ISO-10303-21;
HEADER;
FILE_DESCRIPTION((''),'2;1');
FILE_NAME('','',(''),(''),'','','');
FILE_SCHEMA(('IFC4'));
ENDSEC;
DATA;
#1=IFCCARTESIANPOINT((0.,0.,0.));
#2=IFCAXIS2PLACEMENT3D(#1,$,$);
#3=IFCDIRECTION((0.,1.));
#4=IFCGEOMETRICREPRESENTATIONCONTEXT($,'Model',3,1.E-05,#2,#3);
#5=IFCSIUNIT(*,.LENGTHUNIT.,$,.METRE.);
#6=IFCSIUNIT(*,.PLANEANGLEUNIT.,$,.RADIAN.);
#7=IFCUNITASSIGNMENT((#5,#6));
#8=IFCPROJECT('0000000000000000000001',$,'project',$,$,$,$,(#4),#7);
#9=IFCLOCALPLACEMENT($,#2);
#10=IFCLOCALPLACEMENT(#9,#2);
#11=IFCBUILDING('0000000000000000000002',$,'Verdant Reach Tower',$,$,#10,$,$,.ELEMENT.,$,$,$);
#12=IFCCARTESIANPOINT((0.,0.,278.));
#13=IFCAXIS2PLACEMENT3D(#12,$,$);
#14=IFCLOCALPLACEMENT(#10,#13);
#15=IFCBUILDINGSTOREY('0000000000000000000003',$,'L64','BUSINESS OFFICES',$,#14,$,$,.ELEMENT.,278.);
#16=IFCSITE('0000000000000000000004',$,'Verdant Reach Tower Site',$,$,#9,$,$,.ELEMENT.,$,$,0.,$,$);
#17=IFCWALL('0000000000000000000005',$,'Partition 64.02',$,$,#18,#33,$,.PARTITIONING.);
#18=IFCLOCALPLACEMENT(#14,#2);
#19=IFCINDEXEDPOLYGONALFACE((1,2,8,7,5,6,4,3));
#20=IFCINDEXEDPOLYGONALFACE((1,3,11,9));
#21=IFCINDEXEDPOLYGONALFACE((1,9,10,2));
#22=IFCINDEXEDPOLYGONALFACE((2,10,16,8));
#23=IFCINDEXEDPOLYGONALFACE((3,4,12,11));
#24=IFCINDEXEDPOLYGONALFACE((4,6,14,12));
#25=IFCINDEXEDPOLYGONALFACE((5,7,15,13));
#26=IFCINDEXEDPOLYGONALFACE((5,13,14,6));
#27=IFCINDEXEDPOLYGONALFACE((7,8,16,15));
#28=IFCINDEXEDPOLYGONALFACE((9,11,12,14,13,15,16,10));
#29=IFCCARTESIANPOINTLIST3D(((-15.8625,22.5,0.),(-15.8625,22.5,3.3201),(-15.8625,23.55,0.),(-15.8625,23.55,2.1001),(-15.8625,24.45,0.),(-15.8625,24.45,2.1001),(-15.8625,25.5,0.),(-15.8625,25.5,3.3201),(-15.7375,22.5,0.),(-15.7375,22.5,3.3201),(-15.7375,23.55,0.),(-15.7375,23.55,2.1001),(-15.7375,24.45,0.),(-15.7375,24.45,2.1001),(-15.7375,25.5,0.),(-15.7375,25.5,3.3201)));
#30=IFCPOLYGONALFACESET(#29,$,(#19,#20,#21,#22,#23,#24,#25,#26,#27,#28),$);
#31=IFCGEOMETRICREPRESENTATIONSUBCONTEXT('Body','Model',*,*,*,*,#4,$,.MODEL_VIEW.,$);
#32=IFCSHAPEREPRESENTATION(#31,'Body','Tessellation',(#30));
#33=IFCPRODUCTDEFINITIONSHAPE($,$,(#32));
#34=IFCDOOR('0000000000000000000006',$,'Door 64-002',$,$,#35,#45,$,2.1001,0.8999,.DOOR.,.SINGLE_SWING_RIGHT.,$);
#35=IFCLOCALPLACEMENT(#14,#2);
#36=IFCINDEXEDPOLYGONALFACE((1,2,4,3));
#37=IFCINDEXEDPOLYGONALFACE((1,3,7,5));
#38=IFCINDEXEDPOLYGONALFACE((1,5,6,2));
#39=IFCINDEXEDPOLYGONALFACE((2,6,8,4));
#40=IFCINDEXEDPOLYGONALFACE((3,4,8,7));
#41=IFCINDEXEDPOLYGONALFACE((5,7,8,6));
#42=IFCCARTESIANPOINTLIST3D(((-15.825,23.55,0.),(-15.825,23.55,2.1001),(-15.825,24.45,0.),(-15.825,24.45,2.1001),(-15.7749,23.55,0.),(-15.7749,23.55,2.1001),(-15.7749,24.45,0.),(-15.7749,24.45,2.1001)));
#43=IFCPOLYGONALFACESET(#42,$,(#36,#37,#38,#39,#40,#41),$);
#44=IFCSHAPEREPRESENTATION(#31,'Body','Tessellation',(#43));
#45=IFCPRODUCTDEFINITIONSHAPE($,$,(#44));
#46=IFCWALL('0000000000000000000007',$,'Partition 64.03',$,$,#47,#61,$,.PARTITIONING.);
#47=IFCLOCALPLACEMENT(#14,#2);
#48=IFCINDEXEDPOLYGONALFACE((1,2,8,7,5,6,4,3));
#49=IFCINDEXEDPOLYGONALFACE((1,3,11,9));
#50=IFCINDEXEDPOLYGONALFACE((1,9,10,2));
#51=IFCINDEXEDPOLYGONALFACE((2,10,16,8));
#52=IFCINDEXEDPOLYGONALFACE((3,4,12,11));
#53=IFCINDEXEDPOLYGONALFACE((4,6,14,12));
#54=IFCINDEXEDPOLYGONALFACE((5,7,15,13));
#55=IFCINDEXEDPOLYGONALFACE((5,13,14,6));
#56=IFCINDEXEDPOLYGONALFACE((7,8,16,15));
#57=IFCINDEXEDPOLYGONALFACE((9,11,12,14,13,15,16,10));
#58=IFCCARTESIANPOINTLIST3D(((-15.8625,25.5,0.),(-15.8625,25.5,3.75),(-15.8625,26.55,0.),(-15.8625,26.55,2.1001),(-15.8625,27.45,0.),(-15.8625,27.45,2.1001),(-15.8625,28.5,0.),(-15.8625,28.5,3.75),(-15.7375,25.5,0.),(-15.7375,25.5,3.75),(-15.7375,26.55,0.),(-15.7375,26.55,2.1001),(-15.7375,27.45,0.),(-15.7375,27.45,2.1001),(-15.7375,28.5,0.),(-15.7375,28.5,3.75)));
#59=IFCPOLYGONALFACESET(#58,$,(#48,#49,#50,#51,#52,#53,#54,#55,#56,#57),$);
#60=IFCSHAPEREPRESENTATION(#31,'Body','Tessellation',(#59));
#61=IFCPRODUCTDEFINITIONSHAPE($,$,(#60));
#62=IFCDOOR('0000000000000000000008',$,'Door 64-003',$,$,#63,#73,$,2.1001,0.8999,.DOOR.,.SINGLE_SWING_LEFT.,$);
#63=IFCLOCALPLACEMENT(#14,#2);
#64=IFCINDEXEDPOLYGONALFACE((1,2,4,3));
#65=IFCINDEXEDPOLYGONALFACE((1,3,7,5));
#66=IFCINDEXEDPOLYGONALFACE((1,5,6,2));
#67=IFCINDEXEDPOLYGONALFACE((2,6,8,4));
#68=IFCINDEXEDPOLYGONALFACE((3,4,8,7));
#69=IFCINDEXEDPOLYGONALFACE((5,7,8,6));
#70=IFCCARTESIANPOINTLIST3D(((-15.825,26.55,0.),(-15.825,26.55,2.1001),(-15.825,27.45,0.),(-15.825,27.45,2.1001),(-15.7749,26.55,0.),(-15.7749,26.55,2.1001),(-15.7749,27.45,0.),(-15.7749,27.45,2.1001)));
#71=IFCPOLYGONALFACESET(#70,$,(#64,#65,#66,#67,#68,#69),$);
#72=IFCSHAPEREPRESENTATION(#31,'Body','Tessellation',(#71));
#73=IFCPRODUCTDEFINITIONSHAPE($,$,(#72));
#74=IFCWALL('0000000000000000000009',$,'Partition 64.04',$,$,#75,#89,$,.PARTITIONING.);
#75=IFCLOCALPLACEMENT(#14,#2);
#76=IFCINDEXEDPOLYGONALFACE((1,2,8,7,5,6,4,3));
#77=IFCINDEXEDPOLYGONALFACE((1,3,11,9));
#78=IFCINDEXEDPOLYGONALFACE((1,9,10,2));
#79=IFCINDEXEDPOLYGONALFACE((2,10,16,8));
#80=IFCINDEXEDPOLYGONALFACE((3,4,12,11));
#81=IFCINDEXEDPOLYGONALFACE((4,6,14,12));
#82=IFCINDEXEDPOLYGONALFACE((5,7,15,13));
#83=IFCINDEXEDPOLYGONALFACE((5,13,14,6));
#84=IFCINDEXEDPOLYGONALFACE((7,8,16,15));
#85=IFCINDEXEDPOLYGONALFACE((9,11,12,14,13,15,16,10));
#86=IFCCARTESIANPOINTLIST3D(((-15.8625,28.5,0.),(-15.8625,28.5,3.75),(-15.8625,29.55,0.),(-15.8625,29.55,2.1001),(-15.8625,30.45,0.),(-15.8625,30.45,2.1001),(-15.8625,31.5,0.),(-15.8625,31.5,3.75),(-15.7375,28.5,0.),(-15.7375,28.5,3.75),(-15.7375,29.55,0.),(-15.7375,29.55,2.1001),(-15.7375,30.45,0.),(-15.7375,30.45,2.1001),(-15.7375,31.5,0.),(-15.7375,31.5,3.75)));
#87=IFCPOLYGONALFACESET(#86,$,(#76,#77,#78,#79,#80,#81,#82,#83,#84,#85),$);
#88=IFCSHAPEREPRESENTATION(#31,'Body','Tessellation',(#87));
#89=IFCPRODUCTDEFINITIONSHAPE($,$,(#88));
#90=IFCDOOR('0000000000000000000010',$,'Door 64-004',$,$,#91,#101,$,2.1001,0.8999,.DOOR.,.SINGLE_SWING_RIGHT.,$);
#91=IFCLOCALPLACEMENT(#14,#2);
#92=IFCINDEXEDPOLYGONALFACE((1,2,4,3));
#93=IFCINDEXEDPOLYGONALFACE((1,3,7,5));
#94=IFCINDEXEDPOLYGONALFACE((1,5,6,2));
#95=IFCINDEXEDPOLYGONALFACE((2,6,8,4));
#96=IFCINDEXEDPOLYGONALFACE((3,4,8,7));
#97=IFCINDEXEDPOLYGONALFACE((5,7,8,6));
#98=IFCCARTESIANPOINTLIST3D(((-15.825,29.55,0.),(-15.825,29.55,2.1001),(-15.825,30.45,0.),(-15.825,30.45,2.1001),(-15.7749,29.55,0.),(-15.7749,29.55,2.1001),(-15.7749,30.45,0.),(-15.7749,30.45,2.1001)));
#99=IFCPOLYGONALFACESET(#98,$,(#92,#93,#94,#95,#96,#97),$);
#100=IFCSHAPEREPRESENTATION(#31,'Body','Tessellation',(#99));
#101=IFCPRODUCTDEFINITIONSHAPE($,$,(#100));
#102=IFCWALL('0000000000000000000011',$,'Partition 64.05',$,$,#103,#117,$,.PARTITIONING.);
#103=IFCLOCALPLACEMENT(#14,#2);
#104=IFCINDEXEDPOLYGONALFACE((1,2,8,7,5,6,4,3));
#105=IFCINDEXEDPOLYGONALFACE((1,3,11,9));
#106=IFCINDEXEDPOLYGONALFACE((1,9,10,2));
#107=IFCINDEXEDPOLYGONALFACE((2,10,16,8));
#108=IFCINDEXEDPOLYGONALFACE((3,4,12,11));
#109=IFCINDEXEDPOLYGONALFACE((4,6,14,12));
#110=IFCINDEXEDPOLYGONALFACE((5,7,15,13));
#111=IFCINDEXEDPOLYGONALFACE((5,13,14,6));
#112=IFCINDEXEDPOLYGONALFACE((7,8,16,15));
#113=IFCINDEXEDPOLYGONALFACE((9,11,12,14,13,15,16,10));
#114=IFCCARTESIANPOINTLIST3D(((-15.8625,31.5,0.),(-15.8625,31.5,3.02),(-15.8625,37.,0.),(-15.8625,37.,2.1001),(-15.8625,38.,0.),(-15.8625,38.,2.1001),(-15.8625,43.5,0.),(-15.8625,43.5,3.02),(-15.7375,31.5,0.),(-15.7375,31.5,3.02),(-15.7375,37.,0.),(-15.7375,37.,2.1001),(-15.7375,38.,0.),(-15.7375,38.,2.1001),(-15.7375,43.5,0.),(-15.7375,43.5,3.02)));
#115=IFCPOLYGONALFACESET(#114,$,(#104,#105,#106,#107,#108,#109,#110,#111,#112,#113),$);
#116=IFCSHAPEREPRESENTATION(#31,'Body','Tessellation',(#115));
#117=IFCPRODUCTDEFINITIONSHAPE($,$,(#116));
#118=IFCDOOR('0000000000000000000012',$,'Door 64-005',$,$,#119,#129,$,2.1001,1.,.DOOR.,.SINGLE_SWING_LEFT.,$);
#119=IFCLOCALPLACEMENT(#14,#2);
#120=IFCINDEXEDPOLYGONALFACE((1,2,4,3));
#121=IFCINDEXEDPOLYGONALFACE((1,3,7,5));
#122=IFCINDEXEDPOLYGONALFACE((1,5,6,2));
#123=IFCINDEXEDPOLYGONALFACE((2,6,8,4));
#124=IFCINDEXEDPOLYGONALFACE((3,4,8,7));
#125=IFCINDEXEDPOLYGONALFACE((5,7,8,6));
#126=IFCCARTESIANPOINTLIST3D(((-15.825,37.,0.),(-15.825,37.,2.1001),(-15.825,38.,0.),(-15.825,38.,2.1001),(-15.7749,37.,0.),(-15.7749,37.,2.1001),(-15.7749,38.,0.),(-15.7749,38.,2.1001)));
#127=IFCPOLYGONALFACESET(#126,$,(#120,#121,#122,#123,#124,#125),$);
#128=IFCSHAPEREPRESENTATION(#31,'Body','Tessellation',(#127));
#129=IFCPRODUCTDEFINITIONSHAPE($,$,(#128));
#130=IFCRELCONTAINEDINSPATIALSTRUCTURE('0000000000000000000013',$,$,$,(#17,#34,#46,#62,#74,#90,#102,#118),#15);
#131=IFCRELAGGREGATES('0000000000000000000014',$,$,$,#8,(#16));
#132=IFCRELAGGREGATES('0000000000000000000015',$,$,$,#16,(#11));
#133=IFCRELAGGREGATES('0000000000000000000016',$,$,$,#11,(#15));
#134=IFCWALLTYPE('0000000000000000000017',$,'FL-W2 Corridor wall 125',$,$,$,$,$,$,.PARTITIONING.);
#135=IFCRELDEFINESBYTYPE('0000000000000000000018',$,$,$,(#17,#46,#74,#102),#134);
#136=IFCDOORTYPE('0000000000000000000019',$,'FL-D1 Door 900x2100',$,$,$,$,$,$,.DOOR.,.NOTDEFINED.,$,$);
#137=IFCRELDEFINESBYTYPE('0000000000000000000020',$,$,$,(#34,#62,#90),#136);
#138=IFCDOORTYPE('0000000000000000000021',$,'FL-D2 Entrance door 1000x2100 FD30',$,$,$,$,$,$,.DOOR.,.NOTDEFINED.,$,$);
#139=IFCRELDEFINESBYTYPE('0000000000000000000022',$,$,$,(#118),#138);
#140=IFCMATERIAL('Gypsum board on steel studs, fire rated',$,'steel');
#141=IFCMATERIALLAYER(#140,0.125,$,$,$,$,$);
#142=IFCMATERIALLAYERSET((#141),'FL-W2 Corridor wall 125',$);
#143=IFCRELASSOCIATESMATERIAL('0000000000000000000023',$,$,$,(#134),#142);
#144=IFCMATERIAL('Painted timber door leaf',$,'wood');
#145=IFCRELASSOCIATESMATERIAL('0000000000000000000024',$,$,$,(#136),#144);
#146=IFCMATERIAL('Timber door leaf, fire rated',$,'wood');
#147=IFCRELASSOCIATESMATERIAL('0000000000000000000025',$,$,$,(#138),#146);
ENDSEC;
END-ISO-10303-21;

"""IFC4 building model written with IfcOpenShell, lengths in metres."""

from ifc_helpers import new_model, si_unit, direction, frame, frame_2d, origin, place, context, subcontext, project, spatial, rectangle, extrude, material, layer, layer_set, type_object, element, fill, save


model = new_model("IFC4")

# Units and contexts
model_context = context("Model", 3, precision=1e-05, world=origin(), true_north=direction((0.0, 1.0)))
body_context = subcontext(model_context, "Body", "Model", "MODEL_VIEW")
ifc_project = project(units=[si_unit("LENGTHUNIT", "METRE"), si_unit("PLANEANGLEUNIT", "RADIAN")], contexts=[model_context])

# Site, building, storey
site_placement = place(None, origin())
site = spatial("IfcSite", under=ifc_project, at=site_placement, Name="Verdant Reach Tower Site", CompositionType="ELEMENT", RefElevation=0.0)
building_placement = place(site_placement, origin())
building = spatial("IfcBuilding", under=site, at=building_placement, Name="Verdant Reach Tower", CompositionType="ELEMENT")
storey_placement = place(building_placement, frame((0.0, 0.0, 278.0)))
storey = spatial("IfcBuildingStorey", under=building, at=storey_placement, Name="L64", Description="BUSINESS OFFICES", CompositionType="ELEMENT", Elevation=278.0)

# Walls, openings, doors
ifc_material_1 = material(Name="Gypsum board on steel studs, fire rated", Category="steel")
ifc_layer_1 = layer(ifc_material_1, 0.125)
ifc_layer_set_1 = layer_set([ifc_layer_1], Name="FL-W2 Corridor wall 125")
wall_type_1 = type_object("IfcWallType", Name="FL-W2 Corridor wall 125", PredefinedType="PARTITIONING", material=ifc_layer_set_1)
wall_1_placement = place(storey_placement, frame((-15.8, 22.5, 0.0), z_axis=(0.0, 0.0, 1.0), x_axis=(0.0, 1.0, 0.0)))
wall_1 = element("IfcWall", 1, at=wall_1_placement, inside=storey, type_object=wall_type_1, Name="Partition 64.02", PredefinedType="PARTITIONING", context=body_context, shape_type="SweptSolid", body=[
    extrude(rectangle(XDim=3.0, YDim=0.125, at=frame_2d((1.5, 0.0))), origin(), (0.0, 0.0, 1.0), 3.3201),
])
opening_1_placement = place(wall_1_placement, frame((1.05, 0.0, 0.0)))
opening_1 = element("IfcOpeningElement", 2, at=opening_1_placement, cuts=wall_1, PredefinedType="OPENING", context=body_context, shape_type="SweptSolid", body=[
    extrude(rectangle(XDim=0.8999, YDim=2.1001, at=frame_2d((0.45, 1.05))), frame((0.0, 0.0725, 0.0), z_axis=(0.0, -1.0, 0.0), x_axis=(1.0, 0.0, 0.0)), (0.0, 0.0, 1.0), 0.145),
])
ifc_material_2 = material(Name="Painted timber door leaf", Category="wood")
door_type_1 = type_object("IfcDoorType", Name="FL-D1 Door 900x2100", OperationType="NOTDEFINED", PredefinedType="DOOR", material=ifc_material_2)
door_1_placement = place(opening_1_placement, origin())
door_1 = element("IfcDoor", 3, at=door_1_placement, inside=storey, type_object=door_type_1, Name="Door 64-002", OperationType="SINGLE_SWING_RIGHT", OverallHeight=2.1001, OverallWidth=0.8999, PredefinedType="DOOR", context=body_context, shape_type="SweptSolid", body=[
    extrude(rectangle(XDim=0.8999, YDim=2.1001, at=frame_2d((0.45, 1.05))), frame((0.0, 0.0249, 0.0), z_axis=(0.0, -1.0, 0.0), x_axis=(1.0, 0.0, 0.0)), (0.0, 0.0, 1.0), 0.05),
])
fill(opening_1, door_1)
wall_2_placement = place(storey_placement, frame((-15.8, 25.5, 0.0), z_axis=(0.0, 0.0, 1.0), x_axis=(0.0, 1.0, 0.0)))
wall_2 = element("IfcWall", 4, at=wall_2_placement, inside=storey, type_object=wall_type_1, Name="Partition 64.03", PredefinedType="PARTITIONING", context=body_context, shape_type="SweptSolid", body=[
    extrude(rectangle(XDim=3.0, YDim=0.125, at=frame_2d((1.5, 0.0))), origin(), (0.0, 0.0, 1.0), 3.75),
])
opening_2_placement = place(wall_2_placement, frame((1.05, 0.0, 0.0)))
opening_2 = element("IfcOpeningElement", 5, at=opening_2_placement, cuts=wall_2, PredefinedType="OPENING", context=body_context, shape_type="SweptSolid", body=[
    extrude(rectangle(XDim=0.8999, YDim=2.1001, at=frame_2d((0.45, 1.05))), frame((0.0, 0.0725, 0.0), z_axis=(0.0, -1.0, 0.0), x_axis=(1.0, 0.0, 0.0)), (0.0, 0.0, 1.0), 0.145),
])
door_2_placement = place(opening_2_placement, origin())
door_2 = element("IfcDoor", 6, at=door_2_placement, inside=storey, type_object=door_type_1, Name="Door 64-003", OperationType="SINGLE_SWING_LEFT", OverallHeight=2.1001, OverallWidth=0.8999, PredefinedType="DOOR", context=body_context, shape_type="SweptSolid", body=[
    extrude(rectangle(XDim=0.8999, YDim=2.1001, at=frame_2d((0.45, 1.05))), frame((0.0, 0.0249, 0.0), z_axis=(0.0, -1.0, 0.0), x_axis=(1.0, 0.0, 0.0)), (0.0, 0.0, 1.0), 0.05),
])
fill(opening_2, door_2)
wall_3_placement = place(storey_placement, frame((-15.8, 28.5, 0.0), z_axis=(0.0, 0.0, 1.0), x_axis=(0.0, 1.0, 0.0)))
wall_3 = element("IfcWall", 7, at=wall_3_placement, inside=storey, type_object=wall_type_1, Name="Partition 64.04", PredefinedType="PARTITIONING", context=body_context, shape_type="SweptSolid", body=[
    extrude(rectangle(XDim=3.0, YDim=0.125, at=frame_2d((1.5, 0.0))), origin(), (0.0, 0.0, 1.0), 3.75),
])
opening_3_placement = place(wall_3_placement, frame((1.05, 0.0, 0.0)))
opening_3 = element("IfcOpeningElement", 8, at=opening_3_placement, cuts=wall_3, PredefinedType="OPENING", context=body_context, shape_type="SweptSolid", body=[
    extrude(rectangle(XDim=0.8999, YDim=2.1001, at=frame_2d((0.45, 1.05))), frame((0.0, 0.0725, 0.0), z_axis=(0.0, -1.0, 0.0), x_axis=(1.0, 0.0, 0.0)), (0.0, 0.0, 1.0), 0.145),
])
door_3_placement = place(opening_3_placement, origin())
door_3 = element("IfcDoor", 9, at=door_3_placement, inside=storey, type_object=door_type_1, Name="Door 64-004", OperationType="SINGLE_SWING_RIGHT", OverallHeight=2.1001, OverallWidth=0.8999, PredefinedType="DOOR", context=body_context, shape_type="SweptSolid", body=[
    extrude(rectangle(XDim=0.8999, YDim=2.1001, at=frame_2d((0.45, 1.05))), frame((0.0, 0.0249, 0.0), z_axis=(0.0, -1.0, 0.0), x_axis=(1.0, 0.0, 0.0)), (0.0, 0.0, 1.0), 0.05),
])
fill(opening_3, door_3)
wall_4_placement = place(storey_placement, frame((-15.8, 31.5, 0.0), z_axis=(0.0, 0.0, 1.0), x_axis=(0.0, 1.0, 0.0)))
wall_4 = element("IfcWall", 10, at=wall_4_placement, inside=storey, type_object=wall_type_1, Name="Partition 64.05", PredefinedType="PARTITIONING", context=body_context, shape_type="SweptSolid", body=[
    extrude(rectangle(XDim=12.0, YDim=0.125, at=frame_2d((6.0, 0.0))), origin(), (0.0, 0.0, 1.0), 3.02),
])
opening_4_placement = place(wall_4_placement, frame((5.5, 0.0, 0.0)))
opening_4 = element("IfcOpeningElement", 11, at=opening_4_placement, cuts=wall_4, PredefinedType="OPENING", context=body_context, shape_type="SweptSolid", body=[
    extrude(rectangle(XDim=1.0, YDim=2.1001, at=frame_2d((0.5, 1.05))), frame((0.0, 0.0725, 0.0), z_axis=(0.0, -1.0, 0.0), x_axis=(1.0, 0.0, 0.0)), (0.0, 0.0, 1.0), 0.145),
])
ifc_material_3 = material(Name="Timber door leaf, fire rated", Category="wood")
door_type_2 = type_object("IfcDoorType", Name="FL-D2 Entrance door 1000x2100 FD30", OperationType="NOTDEFINED", PredefinedType="DOOR", material=ifc_material_3)
door_4_placement = place(opening_4_placement, origin())
door_4 = element("IfcDoor", 12, at=door_4_placement, inside=storey, type_object=door_type_2, Name="Door 64-005", OperationType="SINGLE_SWING_LEFT", OverallHeight=2.1001, OverallWidth=1.0, PredefinedType="DOOR", context=body_context, shape_type="SweptSolid", body=[
    extrude(rectangle(XDim=1.0, YDim=2.1001, at=frame_2d((0.5, 1.05))), frame((0.0, 0.0249, 0.0), z_axis=(0.0, -1.0, 0.0), x_axis=(1.0, 0.0, 0.0)), (0.0, 0.0, 1.0), 0.05),
])
fill(opening_4, door_4)

save(model, "model.ifc")
